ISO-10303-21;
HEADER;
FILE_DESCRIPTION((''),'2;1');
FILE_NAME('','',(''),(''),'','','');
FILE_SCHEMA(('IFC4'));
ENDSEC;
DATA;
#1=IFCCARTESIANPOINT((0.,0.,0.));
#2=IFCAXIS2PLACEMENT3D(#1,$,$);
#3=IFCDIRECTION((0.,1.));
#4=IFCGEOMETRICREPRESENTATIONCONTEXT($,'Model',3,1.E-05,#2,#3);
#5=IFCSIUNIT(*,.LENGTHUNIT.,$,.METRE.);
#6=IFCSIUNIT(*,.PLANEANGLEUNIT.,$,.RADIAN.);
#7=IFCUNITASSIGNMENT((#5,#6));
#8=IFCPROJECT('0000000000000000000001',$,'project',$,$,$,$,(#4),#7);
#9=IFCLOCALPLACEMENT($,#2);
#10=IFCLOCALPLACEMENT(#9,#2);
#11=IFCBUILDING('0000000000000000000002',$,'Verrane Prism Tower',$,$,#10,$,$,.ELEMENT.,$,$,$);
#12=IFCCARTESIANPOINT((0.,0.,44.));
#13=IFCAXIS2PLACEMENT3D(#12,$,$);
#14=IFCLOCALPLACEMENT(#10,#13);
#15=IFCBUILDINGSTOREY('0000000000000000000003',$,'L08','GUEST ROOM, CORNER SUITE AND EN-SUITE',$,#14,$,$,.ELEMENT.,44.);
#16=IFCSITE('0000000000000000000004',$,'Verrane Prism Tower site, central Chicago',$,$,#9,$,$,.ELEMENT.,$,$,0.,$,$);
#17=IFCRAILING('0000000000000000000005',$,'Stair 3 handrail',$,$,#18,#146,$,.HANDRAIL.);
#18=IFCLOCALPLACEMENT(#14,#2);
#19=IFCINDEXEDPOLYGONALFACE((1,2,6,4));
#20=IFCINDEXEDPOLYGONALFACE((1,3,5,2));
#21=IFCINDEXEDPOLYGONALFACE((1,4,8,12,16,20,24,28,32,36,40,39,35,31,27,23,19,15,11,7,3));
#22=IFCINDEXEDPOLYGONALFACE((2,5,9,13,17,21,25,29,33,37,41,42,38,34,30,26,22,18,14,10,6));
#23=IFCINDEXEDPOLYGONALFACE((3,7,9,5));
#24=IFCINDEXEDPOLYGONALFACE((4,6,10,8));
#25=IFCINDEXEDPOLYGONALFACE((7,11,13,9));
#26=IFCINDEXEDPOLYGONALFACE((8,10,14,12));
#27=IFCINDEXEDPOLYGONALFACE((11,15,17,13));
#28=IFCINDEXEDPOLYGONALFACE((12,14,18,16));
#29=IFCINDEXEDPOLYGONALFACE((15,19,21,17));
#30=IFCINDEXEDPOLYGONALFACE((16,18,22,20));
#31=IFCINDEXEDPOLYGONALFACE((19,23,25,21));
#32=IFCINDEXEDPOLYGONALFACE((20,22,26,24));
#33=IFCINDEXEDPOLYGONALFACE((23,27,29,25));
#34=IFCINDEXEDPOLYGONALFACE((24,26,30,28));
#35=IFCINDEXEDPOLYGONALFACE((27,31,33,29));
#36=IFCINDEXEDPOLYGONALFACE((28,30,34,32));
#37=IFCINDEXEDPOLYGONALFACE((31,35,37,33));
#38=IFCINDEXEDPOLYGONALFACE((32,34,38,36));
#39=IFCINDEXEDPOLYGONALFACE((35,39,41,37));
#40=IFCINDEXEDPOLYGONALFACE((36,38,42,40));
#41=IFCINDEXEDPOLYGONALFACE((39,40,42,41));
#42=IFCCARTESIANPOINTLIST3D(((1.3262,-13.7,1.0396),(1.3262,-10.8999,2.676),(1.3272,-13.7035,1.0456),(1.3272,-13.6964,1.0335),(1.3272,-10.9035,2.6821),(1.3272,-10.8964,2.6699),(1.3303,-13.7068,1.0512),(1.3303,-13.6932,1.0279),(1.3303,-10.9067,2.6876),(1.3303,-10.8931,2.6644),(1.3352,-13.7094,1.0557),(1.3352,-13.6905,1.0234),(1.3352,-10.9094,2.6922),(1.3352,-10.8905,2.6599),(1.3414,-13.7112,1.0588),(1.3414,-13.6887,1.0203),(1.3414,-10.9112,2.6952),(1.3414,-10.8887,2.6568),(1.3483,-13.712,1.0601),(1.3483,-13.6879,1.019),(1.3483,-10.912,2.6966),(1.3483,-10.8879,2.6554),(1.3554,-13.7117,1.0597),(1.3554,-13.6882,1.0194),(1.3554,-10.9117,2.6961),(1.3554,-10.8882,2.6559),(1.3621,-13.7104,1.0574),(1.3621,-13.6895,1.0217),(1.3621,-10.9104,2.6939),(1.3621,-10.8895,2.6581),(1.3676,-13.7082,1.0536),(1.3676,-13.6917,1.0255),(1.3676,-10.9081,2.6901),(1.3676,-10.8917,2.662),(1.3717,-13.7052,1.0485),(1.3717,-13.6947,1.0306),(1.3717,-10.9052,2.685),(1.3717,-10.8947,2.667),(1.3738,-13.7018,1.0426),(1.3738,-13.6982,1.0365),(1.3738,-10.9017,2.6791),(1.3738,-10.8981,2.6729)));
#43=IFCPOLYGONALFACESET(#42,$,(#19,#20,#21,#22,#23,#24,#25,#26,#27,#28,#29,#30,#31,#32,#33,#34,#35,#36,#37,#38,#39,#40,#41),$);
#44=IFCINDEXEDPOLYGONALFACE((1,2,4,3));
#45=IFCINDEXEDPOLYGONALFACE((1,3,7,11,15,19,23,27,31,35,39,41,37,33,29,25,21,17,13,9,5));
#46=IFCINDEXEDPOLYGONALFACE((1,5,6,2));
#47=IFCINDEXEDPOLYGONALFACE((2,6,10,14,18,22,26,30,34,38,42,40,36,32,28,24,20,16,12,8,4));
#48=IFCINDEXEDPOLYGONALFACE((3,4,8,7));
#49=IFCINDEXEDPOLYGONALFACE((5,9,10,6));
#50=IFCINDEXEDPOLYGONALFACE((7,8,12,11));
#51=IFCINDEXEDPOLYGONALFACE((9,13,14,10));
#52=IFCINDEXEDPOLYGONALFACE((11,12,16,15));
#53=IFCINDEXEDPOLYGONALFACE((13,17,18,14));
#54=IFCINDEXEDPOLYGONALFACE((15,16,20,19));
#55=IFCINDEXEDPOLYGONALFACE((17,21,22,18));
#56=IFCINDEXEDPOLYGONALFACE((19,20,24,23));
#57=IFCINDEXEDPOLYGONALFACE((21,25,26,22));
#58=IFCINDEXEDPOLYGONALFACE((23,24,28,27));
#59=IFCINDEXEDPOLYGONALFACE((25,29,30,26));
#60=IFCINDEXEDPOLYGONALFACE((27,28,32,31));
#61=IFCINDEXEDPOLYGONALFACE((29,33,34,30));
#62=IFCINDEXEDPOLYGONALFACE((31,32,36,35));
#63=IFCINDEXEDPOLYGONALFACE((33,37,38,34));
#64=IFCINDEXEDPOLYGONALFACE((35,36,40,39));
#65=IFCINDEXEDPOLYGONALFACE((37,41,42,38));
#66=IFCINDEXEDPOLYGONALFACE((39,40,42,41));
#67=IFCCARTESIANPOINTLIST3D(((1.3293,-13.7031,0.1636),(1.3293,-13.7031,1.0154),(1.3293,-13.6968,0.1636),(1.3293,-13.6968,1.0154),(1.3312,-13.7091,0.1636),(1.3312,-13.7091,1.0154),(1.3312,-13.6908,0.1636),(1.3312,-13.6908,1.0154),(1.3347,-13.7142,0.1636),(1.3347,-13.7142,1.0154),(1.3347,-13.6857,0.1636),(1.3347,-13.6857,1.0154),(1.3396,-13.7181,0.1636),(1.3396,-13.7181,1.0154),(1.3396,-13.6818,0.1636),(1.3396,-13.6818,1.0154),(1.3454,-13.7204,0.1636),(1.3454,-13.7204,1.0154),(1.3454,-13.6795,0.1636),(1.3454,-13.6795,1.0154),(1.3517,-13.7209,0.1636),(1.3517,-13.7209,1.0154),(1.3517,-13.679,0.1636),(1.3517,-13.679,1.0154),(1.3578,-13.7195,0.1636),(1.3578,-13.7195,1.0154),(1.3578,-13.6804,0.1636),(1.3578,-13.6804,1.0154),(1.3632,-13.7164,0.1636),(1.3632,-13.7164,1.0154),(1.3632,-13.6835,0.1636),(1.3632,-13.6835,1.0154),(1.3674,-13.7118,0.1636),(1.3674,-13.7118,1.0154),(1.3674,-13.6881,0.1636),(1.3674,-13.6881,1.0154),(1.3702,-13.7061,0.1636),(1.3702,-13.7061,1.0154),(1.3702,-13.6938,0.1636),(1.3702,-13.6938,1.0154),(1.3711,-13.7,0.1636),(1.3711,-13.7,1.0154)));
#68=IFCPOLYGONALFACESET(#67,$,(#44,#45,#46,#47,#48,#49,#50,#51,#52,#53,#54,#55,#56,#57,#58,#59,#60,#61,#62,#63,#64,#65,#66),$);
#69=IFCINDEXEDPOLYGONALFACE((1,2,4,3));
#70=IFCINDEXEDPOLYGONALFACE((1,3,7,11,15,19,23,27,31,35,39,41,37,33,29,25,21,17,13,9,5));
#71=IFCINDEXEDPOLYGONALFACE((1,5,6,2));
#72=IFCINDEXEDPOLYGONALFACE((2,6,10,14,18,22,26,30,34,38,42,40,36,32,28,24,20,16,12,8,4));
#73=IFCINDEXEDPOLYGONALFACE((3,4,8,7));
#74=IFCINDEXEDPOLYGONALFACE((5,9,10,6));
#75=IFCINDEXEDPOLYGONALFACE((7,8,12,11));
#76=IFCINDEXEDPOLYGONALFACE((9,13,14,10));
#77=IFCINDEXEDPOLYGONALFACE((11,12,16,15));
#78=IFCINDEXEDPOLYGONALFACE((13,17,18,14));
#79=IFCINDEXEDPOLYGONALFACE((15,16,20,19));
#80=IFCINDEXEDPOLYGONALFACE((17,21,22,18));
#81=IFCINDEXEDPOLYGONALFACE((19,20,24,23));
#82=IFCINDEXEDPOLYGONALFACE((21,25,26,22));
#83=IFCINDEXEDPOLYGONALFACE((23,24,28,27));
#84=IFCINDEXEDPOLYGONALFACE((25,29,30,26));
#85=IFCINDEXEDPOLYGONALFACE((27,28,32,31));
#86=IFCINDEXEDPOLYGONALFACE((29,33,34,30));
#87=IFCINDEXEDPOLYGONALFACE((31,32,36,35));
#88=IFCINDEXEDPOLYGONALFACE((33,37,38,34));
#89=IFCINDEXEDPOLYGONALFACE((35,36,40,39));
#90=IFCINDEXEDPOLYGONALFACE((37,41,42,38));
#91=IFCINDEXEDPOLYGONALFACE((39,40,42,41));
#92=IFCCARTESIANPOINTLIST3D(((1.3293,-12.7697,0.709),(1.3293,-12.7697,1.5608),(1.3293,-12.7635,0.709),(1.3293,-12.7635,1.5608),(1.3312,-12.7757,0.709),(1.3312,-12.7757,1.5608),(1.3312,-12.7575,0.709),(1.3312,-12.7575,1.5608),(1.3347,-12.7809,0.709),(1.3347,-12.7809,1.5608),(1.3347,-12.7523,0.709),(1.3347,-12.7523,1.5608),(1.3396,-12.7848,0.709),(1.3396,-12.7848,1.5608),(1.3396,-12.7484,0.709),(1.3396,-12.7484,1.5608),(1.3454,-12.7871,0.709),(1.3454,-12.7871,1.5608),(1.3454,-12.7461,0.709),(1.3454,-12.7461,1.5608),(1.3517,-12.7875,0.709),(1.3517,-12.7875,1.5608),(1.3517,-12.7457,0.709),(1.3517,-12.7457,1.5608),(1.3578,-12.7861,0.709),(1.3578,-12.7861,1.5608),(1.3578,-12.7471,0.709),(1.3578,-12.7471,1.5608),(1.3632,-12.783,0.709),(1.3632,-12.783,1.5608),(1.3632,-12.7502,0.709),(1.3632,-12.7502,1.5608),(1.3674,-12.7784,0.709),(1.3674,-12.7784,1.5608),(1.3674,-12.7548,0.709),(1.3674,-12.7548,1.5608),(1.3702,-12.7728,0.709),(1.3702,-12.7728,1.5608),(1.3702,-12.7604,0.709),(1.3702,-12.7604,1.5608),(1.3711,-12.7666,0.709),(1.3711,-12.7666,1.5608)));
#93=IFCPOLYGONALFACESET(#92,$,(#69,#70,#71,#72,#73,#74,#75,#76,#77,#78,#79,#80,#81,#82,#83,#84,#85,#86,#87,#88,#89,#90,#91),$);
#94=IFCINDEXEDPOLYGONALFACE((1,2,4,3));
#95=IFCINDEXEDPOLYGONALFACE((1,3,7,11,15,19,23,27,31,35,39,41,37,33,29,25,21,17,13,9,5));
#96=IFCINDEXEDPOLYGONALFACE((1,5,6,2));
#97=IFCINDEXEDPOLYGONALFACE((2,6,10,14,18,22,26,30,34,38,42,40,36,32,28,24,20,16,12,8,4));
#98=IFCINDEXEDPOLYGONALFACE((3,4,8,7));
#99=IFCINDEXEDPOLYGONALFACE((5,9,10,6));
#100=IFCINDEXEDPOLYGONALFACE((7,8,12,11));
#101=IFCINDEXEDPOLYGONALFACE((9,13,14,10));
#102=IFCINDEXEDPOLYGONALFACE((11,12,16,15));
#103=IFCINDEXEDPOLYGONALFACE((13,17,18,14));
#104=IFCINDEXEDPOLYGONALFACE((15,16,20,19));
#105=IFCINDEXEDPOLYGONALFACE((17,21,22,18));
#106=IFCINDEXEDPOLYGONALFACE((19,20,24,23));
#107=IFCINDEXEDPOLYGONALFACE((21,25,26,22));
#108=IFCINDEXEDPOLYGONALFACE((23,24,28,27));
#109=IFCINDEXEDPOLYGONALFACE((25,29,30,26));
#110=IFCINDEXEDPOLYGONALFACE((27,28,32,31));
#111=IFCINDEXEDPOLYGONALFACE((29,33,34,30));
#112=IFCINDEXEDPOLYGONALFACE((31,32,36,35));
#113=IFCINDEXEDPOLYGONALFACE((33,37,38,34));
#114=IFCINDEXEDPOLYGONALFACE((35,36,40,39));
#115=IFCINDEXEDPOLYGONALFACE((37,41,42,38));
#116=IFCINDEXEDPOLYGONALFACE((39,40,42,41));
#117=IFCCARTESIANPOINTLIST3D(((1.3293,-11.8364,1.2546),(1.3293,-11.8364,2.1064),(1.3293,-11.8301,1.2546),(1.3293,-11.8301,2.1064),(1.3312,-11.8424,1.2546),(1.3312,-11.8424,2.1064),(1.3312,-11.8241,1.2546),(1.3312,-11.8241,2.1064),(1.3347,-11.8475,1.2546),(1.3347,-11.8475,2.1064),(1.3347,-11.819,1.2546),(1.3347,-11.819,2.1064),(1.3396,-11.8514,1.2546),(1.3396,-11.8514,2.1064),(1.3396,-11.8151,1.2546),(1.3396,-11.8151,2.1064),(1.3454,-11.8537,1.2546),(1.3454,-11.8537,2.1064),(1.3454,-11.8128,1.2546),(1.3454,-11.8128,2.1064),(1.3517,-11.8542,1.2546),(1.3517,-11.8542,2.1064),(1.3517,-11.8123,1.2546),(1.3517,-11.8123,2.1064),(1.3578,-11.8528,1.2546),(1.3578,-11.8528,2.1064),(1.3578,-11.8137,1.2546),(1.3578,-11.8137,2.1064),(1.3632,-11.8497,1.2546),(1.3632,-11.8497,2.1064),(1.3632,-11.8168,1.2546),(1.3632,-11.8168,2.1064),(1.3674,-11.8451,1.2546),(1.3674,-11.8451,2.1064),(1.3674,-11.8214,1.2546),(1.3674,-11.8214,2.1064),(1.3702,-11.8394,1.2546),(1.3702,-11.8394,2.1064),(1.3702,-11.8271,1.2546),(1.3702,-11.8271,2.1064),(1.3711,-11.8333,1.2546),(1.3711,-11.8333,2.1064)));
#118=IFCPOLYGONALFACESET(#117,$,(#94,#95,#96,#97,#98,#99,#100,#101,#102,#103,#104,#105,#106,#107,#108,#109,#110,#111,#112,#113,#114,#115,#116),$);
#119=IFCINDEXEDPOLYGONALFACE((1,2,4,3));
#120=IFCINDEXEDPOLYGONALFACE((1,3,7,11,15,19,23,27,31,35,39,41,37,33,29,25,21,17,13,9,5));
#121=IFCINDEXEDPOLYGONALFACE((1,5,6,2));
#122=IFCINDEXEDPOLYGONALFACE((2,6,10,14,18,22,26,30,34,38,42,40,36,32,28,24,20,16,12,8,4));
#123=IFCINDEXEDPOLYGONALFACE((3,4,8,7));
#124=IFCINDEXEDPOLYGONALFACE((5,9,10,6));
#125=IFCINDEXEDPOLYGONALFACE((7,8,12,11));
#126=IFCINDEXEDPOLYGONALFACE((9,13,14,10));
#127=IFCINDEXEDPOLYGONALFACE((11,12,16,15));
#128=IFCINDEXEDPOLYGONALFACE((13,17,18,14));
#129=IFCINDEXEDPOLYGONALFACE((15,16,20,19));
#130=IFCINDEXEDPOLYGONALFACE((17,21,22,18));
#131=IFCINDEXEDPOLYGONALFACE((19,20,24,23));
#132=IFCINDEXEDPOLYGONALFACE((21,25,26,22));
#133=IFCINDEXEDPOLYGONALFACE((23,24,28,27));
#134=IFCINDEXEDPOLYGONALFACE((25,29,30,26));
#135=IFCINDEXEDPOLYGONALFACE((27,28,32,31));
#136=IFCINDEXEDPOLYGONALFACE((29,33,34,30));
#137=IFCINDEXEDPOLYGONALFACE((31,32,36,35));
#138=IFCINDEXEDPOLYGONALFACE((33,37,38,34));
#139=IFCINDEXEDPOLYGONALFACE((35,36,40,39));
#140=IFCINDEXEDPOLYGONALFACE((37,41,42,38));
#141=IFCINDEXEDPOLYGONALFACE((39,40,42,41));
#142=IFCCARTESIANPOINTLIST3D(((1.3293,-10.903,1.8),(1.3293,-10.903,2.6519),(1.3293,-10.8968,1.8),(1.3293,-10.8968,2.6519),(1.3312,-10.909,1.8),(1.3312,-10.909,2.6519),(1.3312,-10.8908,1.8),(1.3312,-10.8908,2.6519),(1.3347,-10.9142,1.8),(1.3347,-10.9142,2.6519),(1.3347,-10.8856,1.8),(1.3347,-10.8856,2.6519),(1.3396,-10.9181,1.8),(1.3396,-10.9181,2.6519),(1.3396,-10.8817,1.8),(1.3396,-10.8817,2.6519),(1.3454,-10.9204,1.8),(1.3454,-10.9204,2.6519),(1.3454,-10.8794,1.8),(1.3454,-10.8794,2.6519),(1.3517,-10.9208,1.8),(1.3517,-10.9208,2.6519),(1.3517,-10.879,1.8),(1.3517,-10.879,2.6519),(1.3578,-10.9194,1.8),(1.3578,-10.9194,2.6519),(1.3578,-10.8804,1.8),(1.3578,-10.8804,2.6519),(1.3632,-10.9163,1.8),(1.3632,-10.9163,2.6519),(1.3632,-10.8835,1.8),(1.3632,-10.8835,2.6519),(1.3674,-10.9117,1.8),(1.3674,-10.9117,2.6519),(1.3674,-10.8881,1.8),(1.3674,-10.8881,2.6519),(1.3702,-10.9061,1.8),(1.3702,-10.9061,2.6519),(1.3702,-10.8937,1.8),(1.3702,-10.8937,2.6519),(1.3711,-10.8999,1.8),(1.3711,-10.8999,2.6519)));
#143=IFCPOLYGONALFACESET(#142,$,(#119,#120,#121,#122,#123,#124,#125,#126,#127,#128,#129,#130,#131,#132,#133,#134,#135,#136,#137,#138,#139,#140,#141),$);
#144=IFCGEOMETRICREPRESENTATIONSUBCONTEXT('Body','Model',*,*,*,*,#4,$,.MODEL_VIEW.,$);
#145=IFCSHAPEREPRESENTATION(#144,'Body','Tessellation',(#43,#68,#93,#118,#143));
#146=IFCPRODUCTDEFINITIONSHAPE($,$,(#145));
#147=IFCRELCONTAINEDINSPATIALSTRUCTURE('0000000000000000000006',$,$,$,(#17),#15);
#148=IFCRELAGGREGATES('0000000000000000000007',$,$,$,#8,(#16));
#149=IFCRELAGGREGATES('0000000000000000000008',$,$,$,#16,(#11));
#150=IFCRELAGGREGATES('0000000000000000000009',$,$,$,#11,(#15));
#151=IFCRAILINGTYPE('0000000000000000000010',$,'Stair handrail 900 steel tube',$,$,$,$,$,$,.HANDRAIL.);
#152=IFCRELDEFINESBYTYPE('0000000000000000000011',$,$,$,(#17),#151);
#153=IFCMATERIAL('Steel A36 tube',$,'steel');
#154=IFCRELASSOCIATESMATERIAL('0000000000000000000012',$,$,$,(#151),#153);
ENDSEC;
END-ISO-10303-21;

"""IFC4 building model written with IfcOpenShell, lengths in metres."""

from ifc_helpers import new_model, si_unit, direction, frame, origin, origin_2d, place, context, subcontext, project, spatial, circle, extrude, material, type_object, element, save


model = new_model("IFC4")

# Units and contexts
model_context = context("Model", 3, precision=1e-05, world=origin(), true_north=direction((0.0, 1.0)))
body_context = subcontext(model_context, "Body", "Model", "MODEL_VIEW")
ifc_project = project(units=[si_unit("LENGTHUNIT", "METRE"), si_unit("PLANEANGLEUNIT", "RADIAN")], contexts=[model_context])

# Site, building, storey
site_placement = place(None, origin())
site = spatial("IfcSite", under=ifc_project, at=site_placement, Name="Verrane Prism Tower site, central Chicago", CompositionType="ELEMENT", RefElevation=0.0)
building_placement = place(site_placement, origin())
building = spatial("IfcBuilding", under=site, at=building_placement, Name="Verrane Prism Tower", CompositionType="ELEMENT")
storey_placement = place(building_placement, frame((0.0, 0.0, 44.0)))
storey = spatial("IfcBuildingStorey", under=building, at=storey_placement, Name="L08", Description="GUEST ROOM, CORNER SUITE AND EN-SUITE", CompositionType="ELEMENT", Elevation=44.0)

# Railing
ifc_material_1 = material(Name="Steel A36 tube", Category="steel")
railing_type_1 = type_object("IfcRailingType", Name="Stair handrail 900 steel tube", PredefinedType="HANDRAIL", material=ifc_material_1)
railing_1_placement = place(storey_placement, frame((1.3501, -13.7, 0.1636)))
element("IfcRailing", 1, at=railing_1_placement, inside=storey, type_object=railing_type_1, Name="Stair 3 handrail", PredefinedType="HANDRAIL", context=body_context, shape_type="SweptSolid", body=[
    extrude(circle(Radius=0.0239, at=origin_2d()), frame((0.0, 0.0, 0.876), z_axis=(0.0, 0.863361, 0.504587), x_axis=(-1.0, 0.0, 0.0)), (0.0, 0.0, 1.0), 3.2432),
    extrude(circle(Radius=0.021, at=origin_2d()), origin(), (0.0, 0.0, 1.0), 0.8518),
    extrude(circle(Radius=0.021, at=origin_2d()), frame((0.0, 0.9333, 0.5454)), (0.0, 0.0, 1.0), 0.8518),
    extrude(circle(Radius=0.021, at=origin_2d()), frame((0.0, 1.8667, 1.0911)), (0.0, 0.0, 1.0), 0.8518),
    extrude(circle(Radius=0.021, at=origin_2d()), frame((0.0, 2.8, 1.6365)), (0.0, 0.0, 1.0), 0.8518),
])

save(model, "model.ifc")
